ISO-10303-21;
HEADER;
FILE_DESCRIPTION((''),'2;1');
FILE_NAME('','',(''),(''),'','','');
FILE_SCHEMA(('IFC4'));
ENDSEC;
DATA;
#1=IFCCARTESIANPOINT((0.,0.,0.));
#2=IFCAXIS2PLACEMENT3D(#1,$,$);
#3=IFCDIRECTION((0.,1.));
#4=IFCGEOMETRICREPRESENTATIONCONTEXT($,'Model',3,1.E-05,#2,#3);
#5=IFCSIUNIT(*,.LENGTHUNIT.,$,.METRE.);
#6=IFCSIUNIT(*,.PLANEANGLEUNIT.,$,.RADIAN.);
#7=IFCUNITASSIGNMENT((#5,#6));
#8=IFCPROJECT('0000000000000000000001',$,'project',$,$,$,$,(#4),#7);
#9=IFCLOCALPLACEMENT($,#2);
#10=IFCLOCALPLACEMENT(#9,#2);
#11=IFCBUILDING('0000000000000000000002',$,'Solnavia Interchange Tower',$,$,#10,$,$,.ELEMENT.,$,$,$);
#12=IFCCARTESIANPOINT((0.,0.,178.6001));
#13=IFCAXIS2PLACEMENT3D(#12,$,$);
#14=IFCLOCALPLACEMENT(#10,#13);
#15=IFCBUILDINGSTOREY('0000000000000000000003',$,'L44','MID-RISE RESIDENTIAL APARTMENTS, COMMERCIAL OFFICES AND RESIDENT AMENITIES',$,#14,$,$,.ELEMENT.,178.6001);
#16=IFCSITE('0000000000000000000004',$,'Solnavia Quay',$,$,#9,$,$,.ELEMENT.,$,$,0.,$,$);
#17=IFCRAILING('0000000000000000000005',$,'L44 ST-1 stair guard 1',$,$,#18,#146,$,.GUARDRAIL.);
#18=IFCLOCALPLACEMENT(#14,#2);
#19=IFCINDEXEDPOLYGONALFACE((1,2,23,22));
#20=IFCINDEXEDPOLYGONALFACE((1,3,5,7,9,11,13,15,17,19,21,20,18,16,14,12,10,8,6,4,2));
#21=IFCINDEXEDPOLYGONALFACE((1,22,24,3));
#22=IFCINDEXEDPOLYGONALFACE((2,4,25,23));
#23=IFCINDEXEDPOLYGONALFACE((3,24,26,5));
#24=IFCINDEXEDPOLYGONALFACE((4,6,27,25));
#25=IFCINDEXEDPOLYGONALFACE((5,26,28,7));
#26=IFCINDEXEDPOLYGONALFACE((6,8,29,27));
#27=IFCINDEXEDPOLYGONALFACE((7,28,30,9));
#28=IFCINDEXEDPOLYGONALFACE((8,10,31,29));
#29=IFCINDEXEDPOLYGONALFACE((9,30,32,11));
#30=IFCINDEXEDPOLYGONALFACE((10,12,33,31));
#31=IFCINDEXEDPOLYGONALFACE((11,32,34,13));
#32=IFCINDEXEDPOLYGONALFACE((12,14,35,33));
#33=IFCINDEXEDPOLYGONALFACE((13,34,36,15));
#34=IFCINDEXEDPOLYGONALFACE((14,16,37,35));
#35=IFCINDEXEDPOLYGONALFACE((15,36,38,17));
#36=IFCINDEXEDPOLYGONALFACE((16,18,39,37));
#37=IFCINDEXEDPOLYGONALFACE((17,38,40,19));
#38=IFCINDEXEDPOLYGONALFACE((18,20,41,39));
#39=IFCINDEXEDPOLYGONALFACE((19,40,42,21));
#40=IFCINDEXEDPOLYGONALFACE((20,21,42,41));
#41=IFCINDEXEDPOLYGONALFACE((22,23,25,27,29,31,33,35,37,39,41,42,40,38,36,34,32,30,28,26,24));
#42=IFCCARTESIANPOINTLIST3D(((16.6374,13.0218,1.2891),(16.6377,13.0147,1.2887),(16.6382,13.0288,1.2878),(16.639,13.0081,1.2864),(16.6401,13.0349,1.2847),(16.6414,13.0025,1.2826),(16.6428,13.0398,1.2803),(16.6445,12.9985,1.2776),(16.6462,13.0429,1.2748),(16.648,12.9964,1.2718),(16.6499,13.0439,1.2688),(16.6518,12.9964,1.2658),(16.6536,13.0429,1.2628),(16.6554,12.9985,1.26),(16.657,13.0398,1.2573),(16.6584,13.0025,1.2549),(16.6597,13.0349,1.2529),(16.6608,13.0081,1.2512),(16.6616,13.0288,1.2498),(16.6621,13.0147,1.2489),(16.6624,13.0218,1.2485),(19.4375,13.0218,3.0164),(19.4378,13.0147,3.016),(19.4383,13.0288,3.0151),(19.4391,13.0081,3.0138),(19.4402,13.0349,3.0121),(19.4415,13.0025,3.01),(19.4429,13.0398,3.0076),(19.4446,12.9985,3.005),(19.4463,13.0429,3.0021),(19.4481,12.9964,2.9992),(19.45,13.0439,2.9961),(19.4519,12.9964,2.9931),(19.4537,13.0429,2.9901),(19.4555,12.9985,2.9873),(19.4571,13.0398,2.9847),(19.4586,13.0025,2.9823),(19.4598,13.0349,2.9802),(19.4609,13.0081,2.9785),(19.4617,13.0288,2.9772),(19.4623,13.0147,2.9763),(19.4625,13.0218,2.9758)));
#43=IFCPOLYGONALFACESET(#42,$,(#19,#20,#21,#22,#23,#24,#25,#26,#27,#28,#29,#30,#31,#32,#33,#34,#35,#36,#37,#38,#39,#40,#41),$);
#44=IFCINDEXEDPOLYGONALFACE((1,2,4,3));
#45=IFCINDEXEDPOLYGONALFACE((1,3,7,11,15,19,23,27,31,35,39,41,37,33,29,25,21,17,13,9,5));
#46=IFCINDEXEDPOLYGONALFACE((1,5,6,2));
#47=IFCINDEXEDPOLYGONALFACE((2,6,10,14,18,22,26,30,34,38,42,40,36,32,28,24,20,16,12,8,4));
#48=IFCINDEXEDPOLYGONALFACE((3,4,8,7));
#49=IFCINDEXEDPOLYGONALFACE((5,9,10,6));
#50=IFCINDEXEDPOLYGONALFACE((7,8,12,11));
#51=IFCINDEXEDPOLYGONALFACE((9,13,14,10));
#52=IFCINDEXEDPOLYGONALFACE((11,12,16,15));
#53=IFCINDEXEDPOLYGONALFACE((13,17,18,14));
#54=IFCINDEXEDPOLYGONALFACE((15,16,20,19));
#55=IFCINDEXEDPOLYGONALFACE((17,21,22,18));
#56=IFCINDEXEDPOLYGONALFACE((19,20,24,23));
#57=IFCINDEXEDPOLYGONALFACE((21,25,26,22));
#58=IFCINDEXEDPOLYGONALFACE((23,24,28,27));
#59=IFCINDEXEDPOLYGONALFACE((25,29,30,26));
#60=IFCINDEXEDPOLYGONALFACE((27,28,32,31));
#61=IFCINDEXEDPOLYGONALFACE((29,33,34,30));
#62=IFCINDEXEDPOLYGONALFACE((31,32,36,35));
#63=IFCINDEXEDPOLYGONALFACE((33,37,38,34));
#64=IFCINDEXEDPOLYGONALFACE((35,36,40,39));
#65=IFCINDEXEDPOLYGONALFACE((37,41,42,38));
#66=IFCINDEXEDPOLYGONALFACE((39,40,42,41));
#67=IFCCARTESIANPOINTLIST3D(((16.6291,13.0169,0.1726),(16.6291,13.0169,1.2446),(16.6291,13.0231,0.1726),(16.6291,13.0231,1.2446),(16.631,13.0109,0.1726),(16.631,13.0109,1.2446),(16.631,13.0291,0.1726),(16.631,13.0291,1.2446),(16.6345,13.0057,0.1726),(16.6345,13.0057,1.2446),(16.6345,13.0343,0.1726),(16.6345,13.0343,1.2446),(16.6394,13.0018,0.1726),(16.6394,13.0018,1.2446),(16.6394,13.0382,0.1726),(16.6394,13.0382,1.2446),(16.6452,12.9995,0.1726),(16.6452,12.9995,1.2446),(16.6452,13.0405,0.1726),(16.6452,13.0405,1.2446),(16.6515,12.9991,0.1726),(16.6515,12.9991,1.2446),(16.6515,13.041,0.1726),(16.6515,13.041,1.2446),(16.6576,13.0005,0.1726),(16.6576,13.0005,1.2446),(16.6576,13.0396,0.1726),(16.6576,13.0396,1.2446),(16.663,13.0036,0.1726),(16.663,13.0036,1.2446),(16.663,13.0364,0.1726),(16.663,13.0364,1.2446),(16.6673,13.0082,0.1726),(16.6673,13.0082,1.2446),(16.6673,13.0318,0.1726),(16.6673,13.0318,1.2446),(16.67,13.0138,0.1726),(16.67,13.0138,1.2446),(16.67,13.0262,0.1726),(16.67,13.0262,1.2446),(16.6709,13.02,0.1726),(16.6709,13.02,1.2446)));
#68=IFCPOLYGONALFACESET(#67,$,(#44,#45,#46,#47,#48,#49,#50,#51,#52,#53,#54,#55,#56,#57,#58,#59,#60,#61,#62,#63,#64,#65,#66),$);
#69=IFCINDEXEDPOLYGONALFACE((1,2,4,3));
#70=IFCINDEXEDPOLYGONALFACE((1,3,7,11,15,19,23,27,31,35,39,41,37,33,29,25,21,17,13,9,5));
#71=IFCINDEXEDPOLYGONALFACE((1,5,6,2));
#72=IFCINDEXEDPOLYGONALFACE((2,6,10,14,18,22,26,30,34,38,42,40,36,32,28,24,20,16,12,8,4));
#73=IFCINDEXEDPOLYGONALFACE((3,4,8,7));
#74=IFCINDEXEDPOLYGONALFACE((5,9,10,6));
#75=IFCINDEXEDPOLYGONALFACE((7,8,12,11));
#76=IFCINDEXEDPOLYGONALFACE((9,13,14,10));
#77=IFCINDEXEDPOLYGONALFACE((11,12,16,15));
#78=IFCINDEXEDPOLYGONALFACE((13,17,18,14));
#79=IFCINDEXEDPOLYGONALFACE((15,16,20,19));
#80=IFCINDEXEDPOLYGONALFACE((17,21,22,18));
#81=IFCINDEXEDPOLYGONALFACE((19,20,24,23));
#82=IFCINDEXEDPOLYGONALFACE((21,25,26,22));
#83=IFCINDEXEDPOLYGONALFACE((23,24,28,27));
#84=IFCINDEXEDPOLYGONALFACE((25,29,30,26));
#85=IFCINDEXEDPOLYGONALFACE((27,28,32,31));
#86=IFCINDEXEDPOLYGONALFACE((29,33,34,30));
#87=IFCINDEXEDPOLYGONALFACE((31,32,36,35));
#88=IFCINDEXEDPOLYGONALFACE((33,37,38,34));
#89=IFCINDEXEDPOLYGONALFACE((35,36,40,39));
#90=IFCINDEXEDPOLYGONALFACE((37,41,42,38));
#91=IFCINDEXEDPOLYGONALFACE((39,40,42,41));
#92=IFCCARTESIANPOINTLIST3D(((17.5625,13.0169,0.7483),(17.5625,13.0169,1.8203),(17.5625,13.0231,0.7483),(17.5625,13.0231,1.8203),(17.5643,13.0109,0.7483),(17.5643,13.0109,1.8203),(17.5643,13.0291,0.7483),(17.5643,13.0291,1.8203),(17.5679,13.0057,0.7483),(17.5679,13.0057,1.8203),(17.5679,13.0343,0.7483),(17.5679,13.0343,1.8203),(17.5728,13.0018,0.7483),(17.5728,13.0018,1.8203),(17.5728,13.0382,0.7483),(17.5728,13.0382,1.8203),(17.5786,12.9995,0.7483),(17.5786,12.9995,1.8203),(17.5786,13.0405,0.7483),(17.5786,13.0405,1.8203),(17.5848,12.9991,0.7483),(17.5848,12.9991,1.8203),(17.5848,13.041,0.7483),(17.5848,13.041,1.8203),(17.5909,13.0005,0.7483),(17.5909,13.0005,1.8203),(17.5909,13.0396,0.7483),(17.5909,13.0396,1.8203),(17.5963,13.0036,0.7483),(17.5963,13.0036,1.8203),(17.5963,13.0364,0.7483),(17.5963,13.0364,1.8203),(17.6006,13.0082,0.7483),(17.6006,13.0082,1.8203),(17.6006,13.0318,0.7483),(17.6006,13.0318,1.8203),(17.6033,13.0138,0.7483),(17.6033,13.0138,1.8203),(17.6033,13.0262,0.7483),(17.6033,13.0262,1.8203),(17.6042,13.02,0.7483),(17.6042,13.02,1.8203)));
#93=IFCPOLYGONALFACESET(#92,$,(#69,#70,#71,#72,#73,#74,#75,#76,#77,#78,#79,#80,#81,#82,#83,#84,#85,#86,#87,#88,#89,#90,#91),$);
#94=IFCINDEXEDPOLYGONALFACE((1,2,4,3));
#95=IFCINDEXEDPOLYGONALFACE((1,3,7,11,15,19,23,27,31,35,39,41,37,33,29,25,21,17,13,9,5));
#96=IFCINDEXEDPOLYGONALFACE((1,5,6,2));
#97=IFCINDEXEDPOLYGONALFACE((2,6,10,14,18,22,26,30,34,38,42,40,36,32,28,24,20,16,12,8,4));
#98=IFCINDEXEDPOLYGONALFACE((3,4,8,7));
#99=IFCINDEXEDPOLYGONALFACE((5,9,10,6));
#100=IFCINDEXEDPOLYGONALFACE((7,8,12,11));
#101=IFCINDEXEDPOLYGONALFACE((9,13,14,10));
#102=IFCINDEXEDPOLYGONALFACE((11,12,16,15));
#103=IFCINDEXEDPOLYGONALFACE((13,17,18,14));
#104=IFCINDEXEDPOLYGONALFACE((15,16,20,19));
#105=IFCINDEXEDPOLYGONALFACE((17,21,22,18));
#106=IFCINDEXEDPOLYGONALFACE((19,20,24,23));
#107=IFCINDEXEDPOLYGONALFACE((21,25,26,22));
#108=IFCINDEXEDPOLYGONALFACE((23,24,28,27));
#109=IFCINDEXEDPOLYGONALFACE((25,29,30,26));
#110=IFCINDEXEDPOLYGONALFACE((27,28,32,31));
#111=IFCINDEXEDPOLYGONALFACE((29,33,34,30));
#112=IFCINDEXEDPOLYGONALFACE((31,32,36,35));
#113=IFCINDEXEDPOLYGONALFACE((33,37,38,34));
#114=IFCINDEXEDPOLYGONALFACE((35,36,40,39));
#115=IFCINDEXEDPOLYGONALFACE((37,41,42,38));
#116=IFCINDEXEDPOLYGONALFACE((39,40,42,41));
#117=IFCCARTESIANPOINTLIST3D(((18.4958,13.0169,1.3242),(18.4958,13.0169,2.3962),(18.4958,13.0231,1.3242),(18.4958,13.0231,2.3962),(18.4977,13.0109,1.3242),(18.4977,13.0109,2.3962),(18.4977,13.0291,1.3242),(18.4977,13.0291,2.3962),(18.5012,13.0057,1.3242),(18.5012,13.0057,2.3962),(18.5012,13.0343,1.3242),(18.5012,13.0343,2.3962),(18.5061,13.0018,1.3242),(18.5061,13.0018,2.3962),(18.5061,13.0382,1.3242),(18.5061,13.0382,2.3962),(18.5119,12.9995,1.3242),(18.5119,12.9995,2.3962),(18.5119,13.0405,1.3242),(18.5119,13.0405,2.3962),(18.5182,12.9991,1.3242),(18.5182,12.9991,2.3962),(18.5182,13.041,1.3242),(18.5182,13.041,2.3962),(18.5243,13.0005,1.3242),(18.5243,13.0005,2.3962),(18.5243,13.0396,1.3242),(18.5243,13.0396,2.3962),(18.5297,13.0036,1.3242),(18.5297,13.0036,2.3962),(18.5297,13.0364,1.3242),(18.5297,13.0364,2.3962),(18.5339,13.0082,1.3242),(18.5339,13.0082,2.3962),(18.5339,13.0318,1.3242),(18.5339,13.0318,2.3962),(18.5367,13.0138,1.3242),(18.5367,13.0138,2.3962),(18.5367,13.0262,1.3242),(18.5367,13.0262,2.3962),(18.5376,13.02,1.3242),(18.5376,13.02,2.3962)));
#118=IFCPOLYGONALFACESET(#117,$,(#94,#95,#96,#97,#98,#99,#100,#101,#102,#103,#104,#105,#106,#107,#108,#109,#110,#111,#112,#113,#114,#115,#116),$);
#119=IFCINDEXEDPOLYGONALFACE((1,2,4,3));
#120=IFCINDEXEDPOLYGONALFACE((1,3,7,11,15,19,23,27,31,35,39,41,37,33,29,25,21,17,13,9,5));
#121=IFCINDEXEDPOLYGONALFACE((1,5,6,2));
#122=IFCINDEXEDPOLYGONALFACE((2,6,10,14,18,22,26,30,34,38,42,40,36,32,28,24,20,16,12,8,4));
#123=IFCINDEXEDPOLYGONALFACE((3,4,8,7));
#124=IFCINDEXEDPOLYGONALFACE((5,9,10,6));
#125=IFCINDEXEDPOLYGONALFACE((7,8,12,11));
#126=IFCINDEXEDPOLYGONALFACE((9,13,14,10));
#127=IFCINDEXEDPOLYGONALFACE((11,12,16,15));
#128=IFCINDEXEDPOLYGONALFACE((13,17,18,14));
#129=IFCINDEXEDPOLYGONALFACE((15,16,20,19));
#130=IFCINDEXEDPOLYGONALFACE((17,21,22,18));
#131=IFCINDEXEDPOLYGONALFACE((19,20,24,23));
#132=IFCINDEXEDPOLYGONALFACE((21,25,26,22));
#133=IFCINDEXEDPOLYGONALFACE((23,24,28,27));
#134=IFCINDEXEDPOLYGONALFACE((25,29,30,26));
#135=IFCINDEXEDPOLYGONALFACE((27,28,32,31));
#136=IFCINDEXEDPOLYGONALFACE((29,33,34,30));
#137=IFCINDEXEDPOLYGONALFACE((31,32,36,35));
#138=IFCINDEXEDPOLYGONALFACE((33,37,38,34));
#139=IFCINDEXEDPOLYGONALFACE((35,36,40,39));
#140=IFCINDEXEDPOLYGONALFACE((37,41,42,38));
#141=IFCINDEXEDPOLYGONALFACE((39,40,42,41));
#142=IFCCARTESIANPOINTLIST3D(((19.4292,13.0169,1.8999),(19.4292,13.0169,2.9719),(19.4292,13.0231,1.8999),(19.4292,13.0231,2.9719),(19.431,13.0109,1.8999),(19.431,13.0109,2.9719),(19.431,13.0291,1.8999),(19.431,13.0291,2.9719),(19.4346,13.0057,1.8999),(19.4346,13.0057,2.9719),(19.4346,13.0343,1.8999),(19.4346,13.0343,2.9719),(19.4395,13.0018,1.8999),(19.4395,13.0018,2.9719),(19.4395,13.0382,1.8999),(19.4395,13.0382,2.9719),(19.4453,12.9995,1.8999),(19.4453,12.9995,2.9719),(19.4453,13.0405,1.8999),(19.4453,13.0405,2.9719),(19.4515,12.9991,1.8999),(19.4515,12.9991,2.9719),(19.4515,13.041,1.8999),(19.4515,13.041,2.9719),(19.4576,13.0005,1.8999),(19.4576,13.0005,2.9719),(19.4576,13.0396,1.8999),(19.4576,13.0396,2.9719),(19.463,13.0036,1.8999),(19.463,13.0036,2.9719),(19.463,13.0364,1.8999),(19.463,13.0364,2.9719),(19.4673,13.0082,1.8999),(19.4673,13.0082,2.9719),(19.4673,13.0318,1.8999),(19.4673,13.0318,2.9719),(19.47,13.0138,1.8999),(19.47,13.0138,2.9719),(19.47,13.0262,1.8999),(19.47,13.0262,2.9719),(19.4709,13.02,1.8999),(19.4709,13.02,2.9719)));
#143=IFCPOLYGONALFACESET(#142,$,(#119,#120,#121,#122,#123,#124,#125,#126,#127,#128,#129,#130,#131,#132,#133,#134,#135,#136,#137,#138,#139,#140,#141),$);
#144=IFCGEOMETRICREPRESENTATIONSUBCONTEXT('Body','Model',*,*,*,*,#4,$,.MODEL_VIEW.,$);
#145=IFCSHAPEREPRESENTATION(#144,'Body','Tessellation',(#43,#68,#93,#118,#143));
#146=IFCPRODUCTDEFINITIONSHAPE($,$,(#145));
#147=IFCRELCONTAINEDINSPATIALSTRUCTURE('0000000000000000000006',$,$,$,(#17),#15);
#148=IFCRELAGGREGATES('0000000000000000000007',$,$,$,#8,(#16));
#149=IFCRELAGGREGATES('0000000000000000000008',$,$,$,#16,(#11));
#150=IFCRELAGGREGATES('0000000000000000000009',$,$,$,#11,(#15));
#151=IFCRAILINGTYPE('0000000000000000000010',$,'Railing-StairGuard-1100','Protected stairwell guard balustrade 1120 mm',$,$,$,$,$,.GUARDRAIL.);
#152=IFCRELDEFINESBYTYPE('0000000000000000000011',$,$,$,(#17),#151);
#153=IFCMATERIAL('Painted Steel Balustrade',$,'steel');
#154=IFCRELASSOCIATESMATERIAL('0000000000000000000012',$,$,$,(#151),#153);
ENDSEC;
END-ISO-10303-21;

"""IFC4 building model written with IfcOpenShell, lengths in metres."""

from ifc_helpers import new_model, si_unit, direction, frame, origin, origin_2d, place, context, subcontext, project, spatial, circle, extrude, material, type_object, element, save


model = new_model("IFC4")

# Units and contexts
model_context = context("Model", 3, precision=1e-05, world=origin(), true_north=direction((0.0, 1.0)))
body_context = subcontext(model_context, "Body", "Model", "MODEL_VIEW")
ifc_project = project(units=[si_unit("LENGTHUNIT", "METRE"), si_unit("PLANEANGLEUNIT", "RADIAN")], contexts=[model_context])

# Site, building, storey
site_placement = place(None, origin())
site = spatial("IfcSite", under=ifc_project, at=site_placement, Name="Solnavia Quay", CompositionType="ELEMENT", RefElevation=0.0)
building_placement = place(site_placement, origin())
building = spatial("IfcBuilding", under=site, at=building_placement, Name="Solnavia Interchange Tower", CompositionType="ELEMENT")
storey_placement = place(building_placement, frame((0.0, 0.0, 178.6001)))
storey = spatial("IfcBuildingStorey", under=building, at=storey_placement, Name="L44", Description="MID-RISE RESIDENTIAL APARTMENTS, COMMERCIAL OFFICES AND RESIDENT AMENITIES", CompositionType="ELEMENT", Elevation=178.6001)

# Railing
ifc_material_1 = material(Name="Painted Steel Balustrade", Category="steel")
railing_type_1 = type_object("IfcRailingType", Name="Railing-StairGuard-1100", Description="Protected stairwell guard balustrade 1120 mm", PredefinedType="GUARDRAIL", material=ifc_material_1)
railing_1_placement = place(storey_placement, frame((16.6499, 13.02, 0.1726)))
element("IfcRailing", 1, at=railing_1_placement, inside=storey, type_object=railing_type_1, Name="L44 ST-1 stair guard 1", PredefinedType="GUARDRAIL", context=body_context, shape_type="SweptSolid", body=[
    extrude(circle(Radius=0.0239, at=origin_2d()), frame((0.0, 0.0, 1.0962), z_axis=(0.85109, 0.0, 0.52502), x_axis=(0.0, 1.0, 0.0)), (0.0, 0.0, 1.0), 3.29),
    extrude(circle(Radius=0.021, at=origin_2d()), origin(), (0.0, 0.0, 1.0), 1.072),
    extrude(circle(Radius=0.021, at=origin_2d()), frame((0.9333, 0.0, 0.5757)), (0.0, 0.0, 1.0), 1.072),
    extrude(circle(Radius=0.021, at=origin_2d()), frame((1.8667, 0.0, 1.1516)), (0.0, 0.0, 1.0), 1.072),
    extrude(circle(Radius=0.021, at=origin_2d()), frame((2.8, 0.0, 1.7273)), (0.0, 0.0, 1.0), 1.072),
])

save(model, "model.ifc")
